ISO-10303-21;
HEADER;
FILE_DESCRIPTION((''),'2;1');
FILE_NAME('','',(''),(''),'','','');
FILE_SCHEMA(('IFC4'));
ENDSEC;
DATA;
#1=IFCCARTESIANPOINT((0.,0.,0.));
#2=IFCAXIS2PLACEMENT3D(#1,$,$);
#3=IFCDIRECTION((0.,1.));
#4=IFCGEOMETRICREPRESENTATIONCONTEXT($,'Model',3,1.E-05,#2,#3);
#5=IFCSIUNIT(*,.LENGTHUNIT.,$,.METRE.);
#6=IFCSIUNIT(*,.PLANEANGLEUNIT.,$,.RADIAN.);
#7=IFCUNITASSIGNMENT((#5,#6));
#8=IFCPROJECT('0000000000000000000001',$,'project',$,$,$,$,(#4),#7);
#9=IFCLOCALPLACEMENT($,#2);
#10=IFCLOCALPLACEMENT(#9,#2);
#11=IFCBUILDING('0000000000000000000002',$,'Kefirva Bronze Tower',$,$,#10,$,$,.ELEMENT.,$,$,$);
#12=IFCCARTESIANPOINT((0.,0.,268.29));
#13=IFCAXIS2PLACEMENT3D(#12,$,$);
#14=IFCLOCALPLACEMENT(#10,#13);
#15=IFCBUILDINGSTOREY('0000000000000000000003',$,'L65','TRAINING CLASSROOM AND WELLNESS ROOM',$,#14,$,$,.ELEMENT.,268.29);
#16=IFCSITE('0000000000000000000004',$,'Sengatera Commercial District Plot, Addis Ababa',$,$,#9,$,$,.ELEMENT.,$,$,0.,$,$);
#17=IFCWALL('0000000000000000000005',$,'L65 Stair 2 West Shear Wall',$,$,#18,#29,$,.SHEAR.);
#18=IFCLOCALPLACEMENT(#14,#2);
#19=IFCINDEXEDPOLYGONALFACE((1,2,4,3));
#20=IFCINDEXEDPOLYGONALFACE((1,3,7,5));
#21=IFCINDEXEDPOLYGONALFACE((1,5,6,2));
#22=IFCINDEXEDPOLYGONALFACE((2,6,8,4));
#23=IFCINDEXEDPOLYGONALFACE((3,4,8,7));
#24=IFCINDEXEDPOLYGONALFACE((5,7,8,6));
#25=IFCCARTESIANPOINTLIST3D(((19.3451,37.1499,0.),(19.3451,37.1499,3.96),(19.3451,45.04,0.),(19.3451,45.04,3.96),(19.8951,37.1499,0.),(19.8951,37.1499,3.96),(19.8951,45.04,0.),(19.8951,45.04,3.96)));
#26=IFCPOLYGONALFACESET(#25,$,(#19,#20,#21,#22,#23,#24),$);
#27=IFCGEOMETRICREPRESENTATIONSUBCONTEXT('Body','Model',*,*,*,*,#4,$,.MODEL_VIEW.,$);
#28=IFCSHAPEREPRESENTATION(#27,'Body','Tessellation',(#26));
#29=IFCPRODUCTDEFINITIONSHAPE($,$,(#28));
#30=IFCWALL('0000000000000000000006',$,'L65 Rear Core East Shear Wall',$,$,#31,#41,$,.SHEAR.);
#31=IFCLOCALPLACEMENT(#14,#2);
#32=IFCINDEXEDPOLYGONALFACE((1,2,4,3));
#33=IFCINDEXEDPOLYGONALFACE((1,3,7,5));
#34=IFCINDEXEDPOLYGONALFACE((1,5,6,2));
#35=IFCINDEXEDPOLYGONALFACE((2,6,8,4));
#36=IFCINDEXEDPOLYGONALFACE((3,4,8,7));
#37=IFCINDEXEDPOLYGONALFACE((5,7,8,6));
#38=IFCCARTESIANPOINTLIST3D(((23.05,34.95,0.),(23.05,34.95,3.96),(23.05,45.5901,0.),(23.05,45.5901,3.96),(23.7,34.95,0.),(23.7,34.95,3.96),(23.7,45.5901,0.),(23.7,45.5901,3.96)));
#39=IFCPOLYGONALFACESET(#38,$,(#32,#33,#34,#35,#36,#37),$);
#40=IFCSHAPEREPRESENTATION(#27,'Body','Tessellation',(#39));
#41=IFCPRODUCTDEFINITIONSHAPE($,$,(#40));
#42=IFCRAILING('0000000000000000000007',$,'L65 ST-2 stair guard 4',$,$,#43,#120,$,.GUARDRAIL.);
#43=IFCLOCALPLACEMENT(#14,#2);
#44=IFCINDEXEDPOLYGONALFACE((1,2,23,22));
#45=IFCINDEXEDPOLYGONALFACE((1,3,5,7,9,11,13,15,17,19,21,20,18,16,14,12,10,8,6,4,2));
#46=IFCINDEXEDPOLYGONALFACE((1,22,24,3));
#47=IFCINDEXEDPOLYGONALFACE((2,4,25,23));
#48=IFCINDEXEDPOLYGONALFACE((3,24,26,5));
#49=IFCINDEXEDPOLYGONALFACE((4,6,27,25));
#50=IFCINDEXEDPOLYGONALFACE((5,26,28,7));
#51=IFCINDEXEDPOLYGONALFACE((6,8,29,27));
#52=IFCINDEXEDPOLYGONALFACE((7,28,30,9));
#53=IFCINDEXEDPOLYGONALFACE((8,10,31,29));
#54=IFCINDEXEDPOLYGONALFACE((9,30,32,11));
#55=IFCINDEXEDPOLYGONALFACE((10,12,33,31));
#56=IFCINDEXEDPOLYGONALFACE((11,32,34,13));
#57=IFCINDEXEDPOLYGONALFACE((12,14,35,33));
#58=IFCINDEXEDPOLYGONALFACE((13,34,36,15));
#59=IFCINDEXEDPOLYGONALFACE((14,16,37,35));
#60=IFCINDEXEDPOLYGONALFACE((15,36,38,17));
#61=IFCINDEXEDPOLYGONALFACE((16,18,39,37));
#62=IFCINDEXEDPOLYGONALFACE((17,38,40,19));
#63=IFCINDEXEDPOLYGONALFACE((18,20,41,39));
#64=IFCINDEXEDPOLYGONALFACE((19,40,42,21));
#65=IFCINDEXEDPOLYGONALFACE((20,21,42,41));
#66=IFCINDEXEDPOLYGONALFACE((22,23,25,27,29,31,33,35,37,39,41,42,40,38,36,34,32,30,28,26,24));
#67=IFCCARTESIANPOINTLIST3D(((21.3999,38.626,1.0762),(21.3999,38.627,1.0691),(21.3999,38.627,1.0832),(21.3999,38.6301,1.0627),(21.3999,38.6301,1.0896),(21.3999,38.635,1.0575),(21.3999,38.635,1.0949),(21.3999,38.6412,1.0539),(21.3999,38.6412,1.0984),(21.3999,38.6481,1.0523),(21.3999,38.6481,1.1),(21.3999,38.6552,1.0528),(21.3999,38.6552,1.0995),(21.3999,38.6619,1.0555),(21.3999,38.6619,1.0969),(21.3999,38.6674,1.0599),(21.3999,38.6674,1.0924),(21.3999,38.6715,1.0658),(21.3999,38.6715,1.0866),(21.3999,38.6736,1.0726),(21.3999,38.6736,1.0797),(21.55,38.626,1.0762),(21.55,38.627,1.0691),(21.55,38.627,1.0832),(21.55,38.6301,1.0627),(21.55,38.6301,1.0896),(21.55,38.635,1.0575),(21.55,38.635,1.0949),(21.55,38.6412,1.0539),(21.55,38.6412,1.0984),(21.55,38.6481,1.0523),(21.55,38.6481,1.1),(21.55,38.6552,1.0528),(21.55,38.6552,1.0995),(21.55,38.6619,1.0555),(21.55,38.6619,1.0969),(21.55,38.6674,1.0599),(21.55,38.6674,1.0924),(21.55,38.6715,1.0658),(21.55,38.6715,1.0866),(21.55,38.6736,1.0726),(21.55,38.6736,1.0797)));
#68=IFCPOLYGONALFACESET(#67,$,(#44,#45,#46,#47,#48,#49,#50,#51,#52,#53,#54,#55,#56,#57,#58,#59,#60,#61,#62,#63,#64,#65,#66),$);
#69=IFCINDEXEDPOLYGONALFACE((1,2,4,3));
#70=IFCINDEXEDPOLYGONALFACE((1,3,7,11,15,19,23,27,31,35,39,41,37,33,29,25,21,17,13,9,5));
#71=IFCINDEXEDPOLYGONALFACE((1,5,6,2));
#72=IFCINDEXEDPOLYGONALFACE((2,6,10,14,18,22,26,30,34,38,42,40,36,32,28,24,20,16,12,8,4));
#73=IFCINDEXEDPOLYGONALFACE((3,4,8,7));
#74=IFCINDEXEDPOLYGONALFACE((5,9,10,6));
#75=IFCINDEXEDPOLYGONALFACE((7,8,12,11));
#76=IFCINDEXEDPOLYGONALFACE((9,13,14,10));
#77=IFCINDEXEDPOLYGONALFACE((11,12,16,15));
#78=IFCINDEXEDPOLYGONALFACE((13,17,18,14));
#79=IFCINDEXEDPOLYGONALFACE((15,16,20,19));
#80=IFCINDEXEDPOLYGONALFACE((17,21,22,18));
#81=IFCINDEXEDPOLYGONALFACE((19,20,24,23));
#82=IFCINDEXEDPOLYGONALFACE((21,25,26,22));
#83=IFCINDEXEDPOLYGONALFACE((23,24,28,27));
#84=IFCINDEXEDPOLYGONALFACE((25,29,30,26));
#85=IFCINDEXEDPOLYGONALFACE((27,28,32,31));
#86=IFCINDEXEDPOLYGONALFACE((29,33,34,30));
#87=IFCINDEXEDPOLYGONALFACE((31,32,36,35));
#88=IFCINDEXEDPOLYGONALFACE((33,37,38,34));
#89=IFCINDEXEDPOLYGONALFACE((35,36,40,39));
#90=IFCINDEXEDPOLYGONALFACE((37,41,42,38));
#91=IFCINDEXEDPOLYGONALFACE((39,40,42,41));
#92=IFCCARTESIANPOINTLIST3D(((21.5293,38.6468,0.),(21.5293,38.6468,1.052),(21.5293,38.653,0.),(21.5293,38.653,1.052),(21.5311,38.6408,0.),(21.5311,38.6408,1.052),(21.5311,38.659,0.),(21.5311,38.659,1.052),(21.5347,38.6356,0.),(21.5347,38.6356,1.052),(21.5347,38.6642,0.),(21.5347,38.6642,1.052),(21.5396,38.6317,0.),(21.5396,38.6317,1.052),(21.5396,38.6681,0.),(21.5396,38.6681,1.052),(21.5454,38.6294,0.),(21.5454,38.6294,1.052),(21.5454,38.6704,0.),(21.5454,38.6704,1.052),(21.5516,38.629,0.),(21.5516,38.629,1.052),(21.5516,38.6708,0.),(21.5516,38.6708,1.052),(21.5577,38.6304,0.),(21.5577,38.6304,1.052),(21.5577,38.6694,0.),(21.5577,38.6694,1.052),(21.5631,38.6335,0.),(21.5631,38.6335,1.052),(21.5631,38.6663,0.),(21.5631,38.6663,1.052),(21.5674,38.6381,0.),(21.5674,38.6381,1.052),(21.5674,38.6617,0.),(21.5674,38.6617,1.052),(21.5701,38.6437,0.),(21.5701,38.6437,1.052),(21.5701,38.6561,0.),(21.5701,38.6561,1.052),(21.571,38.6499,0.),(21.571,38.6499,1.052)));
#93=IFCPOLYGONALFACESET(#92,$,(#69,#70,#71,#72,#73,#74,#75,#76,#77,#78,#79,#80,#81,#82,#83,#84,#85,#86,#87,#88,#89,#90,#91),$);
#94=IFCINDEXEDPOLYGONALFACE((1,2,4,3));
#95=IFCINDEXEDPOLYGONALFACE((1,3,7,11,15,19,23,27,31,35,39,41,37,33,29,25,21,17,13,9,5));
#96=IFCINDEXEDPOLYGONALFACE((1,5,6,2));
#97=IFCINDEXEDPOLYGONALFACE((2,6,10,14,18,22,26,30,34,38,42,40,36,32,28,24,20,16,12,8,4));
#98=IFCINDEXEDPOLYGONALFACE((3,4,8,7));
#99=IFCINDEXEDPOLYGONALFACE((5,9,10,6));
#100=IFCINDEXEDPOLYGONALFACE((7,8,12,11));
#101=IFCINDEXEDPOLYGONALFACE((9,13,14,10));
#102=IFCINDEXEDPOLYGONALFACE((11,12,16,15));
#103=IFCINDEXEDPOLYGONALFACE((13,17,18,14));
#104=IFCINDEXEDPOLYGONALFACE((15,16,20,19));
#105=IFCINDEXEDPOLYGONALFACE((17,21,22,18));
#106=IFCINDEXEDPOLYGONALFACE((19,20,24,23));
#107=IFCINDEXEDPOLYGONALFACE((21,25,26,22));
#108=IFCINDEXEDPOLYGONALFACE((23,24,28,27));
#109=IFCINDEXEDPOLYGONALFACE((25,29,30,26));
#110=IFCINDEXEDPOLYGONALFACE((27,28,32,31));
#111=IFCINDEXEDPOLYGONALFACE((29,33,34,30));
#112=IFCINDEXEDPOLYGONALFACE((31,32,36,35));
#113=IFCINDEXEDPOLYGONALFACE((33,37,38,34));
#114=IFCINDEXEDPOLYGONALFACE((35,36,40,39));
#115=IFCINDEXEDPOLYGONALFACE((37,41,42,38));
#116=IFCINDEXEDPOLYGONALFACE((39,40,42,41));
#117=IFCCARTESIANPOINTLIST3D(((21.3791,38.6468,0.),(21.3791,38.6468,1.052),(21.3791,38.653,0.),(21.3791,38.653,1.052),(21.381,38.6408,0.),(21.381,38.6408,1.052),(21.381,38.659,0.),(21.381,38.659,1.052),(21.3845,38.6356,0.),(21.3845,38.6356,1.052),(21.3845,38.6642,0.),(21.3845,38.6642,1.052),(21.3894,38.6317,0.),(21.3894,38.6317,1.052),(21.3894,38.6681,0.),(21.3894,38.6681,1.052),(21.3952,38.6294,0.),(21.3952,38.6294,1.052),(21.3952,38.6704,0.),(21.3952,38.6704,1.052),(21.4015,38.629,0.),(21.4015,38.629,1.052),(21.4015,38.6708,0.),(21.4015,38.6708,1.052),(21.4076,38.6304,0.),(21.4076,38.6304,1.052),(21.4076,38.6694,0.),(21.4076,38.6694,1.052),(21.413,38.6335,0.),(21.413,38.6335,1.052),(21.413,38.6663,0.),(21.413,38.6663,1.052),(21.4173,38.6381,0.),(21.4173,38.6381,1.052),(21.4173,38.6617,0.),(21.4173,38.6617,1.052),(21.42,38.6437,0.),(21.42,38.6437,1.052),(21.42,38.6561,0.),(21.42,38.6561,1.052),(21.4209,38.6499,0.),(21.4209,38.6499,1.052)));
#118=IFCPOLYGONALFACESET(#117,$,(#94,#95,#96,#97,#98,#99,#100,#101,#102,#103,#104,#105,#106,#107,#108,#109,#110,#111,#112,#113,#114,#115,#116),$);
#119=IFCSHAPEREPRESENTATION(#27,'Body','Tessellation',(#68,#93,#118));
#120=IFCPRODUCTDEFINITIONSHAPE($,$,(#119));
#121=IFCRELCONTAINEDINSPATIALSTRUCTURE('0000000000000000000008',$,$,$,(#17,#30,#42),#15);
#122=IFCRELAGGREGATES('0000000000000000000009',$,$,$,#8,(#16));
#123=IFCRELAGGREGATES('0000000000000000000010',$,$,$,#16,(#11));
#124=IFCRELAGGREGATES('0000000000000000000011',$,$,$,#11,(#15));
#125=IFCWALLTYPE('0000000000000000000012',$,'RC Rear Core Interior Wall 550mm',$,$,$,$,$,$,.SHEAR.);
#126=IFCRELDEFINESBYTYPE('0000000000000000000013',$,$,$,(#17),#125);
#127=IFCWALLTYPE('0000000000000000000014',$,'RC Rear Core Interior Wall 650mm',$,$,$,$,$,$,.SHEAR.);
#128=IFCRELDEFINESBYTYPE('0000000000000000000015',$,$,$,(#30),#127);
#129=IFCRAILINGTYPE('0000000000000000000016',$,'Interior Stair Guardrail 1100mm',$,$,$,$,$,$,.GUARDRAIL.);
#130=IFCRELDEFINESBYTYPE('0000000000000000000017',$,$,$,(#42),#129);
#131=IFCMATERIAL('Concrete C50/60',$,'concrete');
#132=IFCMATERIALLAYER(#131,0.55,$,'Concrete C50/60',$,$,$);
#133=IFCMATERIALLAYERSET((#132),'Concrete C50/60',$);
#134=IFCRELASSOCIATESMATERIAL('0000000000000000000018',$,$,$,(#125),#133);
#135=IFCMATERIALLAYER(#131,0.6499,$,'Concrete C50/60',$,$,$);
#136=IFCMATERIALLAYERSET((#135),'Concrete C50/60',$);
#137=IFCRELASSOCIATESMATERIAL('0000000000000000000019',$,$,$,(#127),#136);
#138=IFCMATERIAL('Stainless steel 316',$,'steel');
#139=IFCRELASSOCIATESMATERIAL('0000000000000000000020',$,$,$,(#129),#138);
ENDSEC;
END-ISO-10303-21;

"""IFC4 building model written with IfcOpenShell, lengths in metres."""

from ifc_helpers import new_model, si_unit, direction, frame, frame_2d, origin, origin_2d, place, context, subcontext, project, spatial, rectangle, circle, extrude, material, layer, layer_set, type_object, element, save


model = new_model("IFC4")

# Units and contexts
model_context = context("Model", 3, precision=1e-05, world=origin(), true_north=direction((0.0, 1.0)))
body_context = subcontext(model_context, "Body", "Model", "MODEL_VIEW")
ifc_project = project(units=[si_unit("LENGTHUNIT", "METRE"), si_unit("PLANEANGLEUNIT", "RADIAN")], contexts=[model_context])

# Site, building, storey
site_placement = place(None, origin())
site = spatial("IfcSite", under=ifc_project, at=site_placement, Name="Sengatera Commercial District Plot, Addis Ababa", CompositionType="ELEMENT", RefElevation=0.0)
building_placement = place(site_placement, origin())
building = spatial("IfcBuilding", under=site, at=building_placement, Name="Kefirva Bronze Tower", CompositionType="ELEMENT")
storey_placement = place(building_placement, frame((0.0, 0.0, 268.29)))
storey = spatial("IfcBuildingStorey", under=building, at=storey_placement, Name="L65", Description="TRAINING CLASSROOM AND WELLNESS ROOM", CompositionType="ELEMENT", Elevation=268.29)

# Shared definitions
ifc_material_1 = material(Name="Concrete C50/60", Category="concrete")

# Walls
ifc_layer_1 = layer(ifc_material_1, 0.55, Name="Concrete C50/60")
ifc_layer_set_1 = layer_set([ifc_layer_1], Name="Concrete C50/60")
wall_type_1 = type_object("IfcWallType", Name="RC Rear Core Interior Wall 550mm", PredefinedType="SHEAR", material=ifc_layer_set_1)
wall_1_placement = place(storey_placement, frame((19.6201, 37.1499, 0.0), z_axis=(0.0, 0.0, 1.0), x_axis=(0.0, 1.0, 0.0)))
element("IfcWall", 1, at=wall_1_placement, inside=storey, type_object=wall_type_1, Name="L65 Stair 2 West Shear Wall", PredefinedType="SHEAR", context=body_context, shape_type="SweptSolid", body=[
    extrude(rectangle(XDim=7.8901, YDim=0.55, at=frame_2d((3.9451, 0.0))), origin(), (0.0, 0.0, 1.0), 3.96),
])
ifc_layer_2 = layer(ifc_material_1, 0.6499, Name="Concrete C50/60")
ifc_layer_set_2 = layer_set([ifc_layer_2], Name="Concrete C50/60")
wall_type_2 = type_object("IfcWallType", Name="RC Rear Core Interior Wall 650mm", PredefinedType="SHEAR", material=ifc_layer_set_2)
wall_2_placement = place(storey_placement, frame((23.375, 34.95, 0.0), z_axis=(0.0, 0.0, 1.0), x_axis=(0.0, 1.0, 0.0)))
element("IfcWall", 2, at=wall_2_placement, inside=storey, type_object=wall_type_2, Name="L65 Rear Core East Shear Wall", PredefinedType="SHEAR", context=body_context, shape_type="SweptSolid", body=[
    extrude(rectangle(XDim=10.6401, YDim=0.6499, at=frame_2d((5.3201, 0.0))), origin(), (0.0, 0.0, 1.0), 3.96),
])

# Railing
ifc_material_2 = material(Name="Stainless steel 316", Category="steel")
railing_type = type_object("IfcRailingType", Name="Interior Stair Guardrail 1100mm", PredefinedType="GUARDRAIL", material=ifc_material_2)
railing_placement = place(storey_placement, frame((21.55, 38.6499, 0.0)))
element("IfcRailing", 3, at=railing_placement, inside=storey, type_object=railing_type, Name="L65 ST-2 stair guard 4", PredefinedType="GUARDRAIL", context=body_context, shape_type="SweptSolid", body=[
    extrude(circle(Radius=0.0239, at=origin_2d()), frame((0.0, 0.0, 1.0762), z_axis=(-1.0, 0.0, 0.0), x_axis=(0.0, -1.0, 0.0)), (0.0, 0.0, 1.0), 0.1501),
    extrude(circle(Radius=0.021, at=origin_2d()), origin(), (0.0, 0.0, 1.0), 1.052),
    extrude(circle(Radius=0.021, at=origin_2d()), frame((-0.1501, 0.0, 0.0)), (0.0, 0.0, 1.0), 1.052),
])

save(model, "model.ifc")
